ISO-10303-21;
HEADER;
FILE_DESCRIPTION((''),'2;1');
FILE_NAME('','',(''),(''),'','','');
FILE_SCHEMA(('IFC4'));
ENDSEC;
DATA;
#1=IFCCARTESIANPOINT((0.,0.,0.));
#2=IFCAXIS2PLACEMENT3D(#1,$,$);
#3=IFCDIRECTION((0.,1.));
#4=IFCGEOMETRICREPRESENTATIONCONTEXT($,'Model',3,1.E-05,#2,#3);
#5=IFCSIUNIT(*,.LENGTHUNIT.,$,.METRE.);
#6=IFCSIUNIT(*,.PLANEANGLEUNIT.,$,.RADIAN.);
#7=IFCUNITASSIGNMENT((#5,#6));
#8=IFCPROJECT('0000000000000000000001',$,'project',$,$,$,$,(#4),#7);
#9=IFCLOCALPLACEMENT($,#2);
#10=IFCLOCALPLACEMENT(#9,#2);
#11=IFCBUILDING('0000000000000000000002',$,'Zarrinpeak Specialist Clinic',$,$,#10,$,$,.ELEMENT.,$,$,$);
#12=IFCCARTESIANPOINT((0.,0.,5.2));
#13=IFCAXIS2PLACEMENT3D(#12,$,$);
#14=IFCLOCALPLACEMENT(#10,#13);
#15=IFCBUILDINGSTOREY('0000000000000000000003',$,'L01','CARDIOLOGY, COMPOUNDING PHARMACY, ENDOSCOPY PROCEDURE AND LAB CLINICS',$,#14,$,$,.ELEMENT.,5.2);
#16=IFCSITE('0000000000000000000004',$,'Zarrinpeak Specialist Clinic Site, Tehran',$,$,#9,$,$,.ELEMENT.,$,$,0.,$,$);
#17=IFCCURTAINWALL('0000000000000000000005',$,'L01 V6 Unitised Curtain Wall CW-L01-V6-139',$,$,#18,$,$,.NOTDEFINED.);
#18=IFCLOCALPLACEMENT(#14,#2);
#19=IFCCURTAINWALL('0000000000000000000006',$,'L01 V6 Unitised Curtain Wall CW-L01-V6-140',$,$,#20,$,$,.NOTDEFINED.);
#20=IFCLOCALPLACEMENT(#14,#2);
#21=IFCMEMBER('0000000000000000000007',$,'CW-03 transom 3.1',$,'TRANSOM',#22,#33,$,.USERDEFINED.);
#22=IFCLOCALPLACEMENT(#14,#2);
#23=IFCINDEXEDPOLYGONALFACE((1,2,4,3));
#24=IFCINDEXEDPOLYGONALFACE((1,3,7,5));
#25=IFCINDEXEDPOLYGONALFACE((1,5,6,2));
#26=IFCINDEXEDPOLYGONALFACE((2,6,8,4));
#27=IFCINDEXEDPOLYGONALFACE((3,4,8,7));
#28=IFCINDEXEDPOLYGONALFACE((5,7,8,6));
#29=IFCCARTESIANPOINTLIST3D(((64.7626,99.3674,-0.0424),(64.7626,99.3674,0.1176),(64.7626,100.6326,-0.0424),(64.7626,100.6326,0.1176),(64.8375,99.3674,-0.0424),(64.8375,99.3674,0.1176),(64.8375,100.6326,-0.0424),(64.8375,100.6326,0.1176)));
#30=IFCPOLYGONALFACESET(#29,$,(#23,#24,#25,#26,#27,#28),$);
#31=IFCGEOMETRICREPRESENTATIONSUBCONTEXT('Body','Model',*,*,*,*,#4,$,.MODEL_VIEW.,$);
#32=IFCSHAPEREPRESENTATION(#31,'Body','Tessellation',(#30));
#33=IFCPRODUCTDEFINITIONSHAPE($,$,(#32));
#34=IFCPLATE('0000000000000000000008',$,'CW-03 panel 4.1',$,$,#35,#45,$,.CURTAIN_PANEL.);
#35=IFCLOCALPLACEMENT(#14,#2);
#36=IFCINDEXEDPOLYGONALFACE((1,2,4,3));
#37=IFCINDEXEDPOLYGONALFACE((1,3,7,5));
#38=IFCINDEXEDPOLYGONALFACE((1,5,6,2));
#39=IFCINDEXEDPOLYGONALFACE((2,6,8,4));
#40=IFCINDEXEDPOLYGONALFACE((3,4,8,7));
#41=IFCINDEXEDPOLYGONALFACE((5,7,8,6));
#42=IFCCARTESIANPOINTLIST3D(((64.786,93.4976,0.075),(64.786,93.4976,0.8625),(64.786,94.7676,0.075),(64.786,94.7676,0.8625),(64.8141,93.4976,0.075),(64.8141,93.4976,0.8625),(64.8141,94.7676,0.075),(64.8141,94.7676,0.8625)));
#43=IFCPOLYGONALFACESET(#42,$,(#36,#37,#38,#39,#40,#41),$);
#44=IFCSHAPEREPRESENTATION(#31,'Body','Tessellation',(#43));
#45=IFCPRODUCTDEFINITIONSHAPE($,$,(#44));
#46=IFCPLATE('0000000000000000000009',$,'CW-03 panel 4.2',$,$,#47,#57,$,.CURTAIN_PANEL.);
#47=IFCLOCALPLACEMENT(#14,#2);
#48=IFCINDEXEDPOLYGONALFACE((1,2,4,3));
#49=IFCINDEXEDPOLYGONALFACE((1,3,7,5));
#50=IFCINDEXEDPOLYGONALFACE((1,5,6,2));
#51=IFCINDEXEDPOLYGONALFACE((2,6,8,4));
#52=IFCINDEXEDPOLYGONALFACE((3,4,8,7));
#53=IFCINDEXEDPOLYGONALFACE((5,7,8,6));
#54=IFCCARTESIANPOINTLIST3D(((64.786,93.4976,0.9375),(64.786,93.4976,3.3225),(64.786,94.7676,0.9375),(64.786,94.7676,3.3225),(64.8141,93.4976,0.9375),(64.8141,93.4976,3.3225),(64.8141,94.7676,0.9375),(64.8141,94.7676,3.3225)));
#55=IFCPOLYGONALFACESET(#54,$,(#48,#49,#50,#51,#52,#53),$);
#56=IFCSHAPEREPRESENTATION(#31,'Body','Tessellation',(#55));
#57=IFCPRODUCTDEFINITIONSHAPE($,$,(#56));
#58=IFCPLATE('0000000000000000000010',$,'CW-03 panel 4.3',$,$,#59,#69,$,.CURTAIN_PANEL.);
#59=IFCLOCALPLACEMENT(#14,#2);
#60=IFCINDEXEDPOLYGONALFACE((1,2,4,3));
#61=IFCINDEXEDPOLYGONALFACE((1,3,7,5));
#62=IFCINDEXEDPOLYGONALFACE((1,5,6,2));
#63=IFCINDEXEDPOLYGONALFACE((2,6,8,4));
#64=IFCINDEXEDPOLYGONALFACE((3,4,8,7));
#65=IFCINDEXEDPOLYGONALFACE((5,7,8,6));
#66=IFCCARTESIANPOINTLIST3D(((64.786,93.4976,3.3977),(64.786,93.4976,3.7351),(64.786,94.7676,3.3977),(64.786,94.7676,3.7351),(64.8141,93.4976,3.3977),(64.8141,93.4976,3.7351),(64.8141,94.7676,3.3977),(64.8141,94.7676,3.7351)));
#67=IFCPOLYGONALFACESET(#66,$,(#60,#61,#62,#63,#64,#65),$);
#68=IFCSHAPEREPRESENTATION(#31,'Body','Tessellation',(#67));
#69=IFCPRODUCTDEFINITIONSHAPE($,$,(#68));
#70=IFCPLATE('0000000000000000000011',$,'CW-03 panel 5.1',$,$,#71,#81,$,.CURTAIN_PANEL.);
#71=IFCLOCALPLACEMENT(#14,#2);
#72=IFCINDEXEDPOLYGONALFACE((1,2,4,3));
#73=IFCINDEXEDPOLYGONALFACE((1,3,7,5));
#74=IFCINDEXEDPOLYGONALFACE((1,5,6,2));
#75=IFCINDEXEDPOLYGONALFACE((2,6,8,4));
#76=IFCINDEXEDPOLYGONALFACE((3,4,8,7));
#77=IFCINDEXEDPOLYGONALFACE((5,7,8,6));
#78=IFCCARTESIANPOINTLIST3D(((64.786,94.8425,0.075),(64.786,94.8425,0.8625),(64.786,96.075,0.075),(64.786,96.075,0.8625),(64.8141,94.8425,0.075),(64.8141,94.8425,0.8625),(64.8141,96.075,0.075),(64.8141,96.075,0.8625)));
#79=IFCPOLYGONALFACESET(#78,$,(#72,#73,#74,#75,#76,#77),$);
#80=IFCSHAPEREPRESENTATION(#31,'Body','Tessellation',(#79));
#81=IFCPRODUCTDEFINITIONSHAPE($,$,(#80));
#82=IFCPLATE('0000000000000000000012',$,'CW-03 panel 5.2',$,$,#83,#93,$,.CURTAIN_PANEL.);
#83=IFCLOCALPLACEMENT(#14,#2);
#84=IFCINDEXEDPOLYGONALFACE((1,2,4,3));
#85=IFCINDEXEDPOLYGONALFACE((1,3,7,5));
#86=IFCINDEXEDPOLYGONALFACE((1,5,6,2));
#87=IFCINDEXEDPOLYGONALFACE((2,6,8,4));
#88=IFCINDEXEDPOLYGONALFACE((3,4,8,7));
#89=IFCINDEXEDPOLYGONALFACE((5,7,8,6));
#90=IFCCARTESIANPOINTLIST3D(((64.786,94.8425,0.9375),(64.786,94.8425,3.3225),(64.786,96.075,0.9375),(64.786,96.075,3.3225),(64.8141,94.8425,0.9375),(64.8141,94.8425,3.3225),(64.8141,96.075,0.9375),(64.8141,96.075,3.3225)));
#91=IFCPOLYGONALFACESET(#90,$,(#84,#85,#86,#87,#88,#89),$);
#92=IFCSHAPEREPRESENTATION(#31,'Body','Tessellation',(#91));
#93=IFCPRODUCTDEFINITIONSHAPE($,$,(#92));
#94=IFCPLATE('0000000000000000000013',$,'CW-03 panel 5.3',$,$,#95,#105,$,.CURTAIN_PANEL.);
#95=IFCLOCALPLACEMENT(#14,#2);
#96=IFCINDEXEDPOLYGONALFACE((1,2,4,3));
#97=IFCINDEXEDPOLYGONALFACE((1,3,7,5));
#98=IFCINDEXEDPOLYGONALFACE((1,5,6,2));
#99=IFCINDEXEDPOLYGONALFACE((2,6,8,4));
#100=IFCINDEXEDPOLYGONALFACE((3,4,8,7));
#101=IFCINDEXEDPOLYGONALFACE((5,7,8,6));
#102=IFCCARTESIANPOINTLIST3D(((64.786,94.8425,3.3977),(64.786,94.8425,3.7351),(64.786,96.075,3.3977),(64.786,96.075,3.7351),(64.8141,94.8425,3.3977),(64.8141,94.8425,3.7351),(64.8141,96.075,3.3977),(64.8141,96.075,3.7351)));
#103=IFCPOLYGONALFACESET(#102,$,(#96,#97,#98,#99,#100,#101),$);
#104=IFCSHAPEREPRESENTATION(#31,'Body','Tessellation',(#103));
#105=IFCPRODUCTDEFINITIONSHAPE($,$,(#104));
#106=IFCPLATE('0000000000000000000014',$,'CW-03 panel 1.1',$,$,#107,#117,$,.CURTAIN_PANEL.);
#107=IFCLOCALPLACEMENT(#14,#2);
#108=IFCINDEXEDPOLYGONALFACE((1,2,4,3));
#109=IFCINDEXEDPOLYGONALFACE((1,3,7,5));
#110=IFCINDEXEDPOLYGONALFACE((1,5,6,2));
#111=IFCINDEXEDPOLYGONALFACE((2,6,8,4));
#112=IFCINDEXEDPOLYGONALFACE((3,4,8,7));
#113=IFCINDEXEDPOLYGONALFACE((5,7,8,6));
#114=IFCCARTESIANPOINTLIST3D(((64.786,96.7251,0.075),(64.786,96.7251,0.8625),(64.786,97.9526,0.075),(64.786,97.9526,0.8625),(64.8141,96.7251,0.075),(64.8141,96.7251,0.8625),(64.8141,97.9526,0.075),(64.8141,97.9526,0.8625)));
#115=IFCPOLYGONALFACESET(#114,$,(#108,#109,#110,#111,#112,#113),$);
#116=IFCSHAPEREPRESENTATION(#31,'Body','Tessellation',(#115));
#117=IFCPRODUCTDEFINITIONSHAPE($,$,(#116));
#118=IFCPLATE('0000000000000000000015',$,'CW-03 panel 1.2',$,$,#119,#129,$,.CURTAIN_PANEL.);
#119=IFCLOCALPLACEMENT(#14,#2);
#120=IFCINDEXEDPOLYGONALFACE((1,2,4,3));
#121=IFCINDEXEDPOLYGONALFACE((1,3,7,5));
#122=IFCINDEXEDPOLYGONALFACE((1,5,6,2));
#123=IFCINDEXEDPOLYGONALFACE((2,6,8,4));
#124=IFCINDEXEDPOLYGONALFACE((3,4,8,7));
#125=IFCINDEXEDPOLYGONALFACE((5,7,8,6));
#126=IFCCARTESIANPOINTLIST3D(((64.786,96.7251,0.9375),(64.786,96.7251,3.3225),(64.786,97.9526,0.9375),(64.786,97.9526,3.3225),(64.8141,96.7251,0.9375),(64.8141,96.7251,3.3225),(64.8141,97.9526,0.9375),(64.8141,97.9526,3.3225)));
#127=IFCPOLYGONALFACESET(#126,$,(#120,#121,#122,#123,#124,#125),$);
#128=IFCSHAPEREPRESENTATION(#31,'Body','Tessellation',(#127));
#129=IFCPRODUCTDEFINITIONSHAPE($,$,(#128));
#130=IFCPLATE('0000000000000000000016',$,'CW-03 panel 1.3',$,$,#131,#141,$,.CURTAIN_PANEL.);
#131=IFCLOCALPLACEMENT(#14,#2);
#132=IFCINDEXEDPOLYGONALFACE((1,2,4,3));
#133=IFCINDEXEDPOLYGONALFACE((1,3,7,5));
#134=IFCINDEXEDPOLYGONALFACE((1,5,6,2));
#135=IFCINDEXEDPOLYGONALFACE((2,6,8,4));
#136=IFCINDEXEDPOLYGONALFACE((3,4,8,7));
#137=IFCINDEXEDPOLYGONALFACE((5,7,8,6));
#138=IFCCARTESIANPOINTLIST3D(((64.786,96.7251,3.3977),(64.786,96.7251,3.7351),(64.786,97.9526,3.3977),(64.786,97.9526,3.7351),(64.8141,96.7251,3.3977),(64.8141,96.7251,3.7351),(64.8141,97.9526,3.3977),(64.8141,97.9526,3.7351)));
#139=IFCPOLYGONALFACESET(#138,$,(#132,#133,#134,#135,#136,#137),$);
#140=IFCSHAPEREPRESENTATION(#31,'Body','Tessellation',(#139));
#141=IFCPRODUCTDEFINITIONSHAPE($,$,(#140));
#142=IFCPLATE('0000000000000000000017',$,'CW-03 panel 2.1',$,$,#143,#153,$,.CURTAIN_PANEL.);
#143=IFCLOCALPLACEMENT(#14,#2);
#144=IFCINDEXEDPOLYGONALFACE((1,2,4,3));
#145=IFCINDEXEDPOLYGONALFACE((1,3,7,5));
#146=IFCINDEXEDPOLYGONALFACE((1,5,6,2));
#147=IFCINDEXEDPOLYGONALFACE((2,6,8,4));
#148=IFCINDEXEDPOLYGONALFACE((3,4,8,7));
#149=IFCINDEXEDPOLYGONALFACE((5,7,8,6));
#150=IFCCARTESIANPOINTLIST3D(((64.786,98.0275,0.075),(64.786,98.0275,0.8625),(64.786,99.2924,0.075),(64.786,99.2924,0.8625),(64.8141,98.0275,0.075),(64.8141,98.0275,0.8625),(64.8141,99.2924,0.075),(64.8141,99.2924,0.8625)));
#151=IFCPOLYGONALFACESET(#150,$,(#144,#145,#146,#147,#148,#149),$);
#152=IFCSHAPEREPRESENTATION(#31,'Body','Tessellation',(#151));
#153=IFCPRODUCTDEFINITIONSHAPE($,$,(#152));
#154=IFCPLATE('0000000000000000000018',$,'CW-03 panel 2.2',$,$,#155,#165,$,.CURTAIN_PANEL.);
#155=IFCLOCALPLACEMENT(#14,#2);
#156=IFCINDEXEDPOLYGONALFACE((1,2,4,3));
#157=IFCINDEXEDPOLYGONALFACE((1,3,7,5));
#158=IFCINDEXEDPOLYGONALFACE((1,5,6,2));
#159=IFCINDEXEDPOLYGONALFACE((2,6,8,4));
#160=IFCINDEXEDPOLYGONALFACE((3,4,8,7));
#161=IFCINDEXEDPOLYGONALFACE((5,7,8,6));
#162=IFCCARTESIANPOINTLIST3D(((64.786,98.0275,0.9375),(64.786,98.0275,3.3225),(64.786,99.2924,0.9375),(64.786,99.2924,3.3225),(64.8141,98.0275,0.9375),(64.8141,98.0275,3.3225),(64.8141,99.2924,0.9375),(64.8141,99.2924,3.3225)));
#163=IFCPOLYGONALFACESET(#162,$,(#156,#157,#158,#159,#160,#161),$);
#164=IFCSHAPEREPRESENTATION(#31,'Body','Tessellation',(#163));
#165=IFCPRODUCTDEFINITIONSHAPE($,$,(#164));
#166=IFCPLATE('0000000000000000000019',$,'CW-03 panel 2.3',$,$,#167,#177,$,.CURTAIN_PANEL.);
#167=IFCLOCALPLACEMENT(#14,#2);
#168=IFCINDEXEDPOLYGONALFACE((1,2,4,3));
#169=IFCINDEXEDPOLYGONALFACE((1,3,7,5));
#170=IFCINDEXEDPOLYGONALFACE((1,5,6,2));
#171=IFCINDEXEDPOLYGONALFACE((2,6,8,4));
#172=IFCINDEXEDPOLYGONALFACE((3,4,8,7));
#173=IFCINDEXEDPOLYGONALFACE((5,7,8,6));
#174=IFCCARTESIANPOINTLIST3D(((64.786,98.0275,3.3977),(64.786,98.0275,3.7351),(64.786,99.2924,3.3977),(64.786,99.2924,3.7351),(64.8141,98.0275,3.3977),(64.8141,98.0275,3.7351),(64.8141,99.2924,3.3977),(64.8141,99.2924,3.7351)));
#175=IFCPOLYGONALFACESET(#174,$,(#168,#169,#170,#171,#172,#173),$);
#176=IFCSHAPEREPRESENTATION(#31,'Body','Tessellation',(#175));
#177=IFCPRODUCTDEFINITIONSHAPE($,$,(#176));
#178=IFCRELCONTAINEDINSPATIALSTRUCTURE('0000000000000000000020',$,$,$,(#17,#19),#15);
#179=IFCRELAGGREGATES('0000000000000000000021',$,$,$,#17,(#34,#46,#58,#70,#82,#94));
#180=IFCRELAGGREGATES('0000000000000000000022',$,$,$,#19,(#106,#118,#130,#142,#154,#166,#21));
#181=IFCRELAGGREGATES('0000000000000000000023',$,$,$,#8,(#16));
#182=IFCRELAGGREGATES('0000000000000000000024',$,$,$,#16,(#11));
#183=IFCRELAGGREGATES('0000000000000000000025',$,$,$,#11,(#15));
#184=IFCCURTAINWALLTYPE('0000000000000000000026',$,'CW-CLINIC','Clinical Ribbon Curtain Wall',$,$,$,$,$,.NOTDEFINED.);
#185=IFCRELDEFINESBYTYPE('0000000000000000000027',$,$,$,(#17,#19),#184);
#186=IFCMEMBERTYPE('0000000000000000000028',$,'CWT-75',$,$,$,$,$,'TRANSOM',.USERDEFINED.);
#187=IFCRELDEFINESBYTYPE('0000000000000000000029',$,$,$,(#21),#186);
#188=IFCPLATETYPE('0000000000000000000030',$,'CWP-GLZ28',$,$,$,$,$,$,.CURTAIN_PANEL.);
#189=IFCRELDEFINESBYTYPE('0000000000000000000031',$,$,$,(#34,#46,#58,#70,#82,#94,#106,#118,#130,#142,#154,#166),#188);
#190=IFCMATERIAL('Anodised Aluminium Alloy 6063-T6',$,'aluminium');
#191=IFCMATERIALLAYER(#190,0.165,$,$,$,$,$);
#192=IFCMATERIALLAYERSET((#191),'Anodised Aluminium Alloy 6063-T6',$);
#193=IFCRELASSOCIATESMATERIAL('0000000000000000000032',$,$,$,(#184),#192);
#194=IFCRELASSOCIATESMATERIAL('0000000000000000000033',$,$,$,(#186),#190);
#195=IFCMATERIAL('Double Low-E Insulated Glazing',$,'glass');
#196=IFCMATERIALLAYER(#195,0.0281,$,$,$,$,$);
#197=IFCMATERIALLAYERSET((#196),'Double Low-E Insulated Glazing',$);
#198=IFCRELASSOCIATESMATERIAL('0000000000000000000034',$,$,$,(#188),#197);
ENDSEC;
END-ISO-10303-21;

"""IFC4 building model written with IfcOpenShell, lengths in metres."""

from ifc_helpers import new_model, si_unit, direction, frame, origin, origin_2d, place, context, subcontext, project, spatial, rectangle, extrude, material, layer, layer_set, material_profile, profile_set, type_object, element, aggregate, save


model = new_model("IFC4")

# Units and contexts
model_context = context("Model", 3, precision=1e-05, world=origin(), true_north=direction((0.0, 1.0)))
body_context = subcontext(model_context, "Body", "Model", "MODEL_VIEW")
ifc_project = project(units=[si_unit("LENGTHUNIT", "METRE"), si_unit("PLANEANGLEUNIT", "RADIAN")], contexts=[model_context])

# Site, building, storey
site_placement = place(None, origin())
site = spatial("IfcSite", under=ifc_project, at=site_placement, Name="Zarrinpeak Specialist Clinic Site, Tehran", CompositionType="ELEMENT", RefElevation=0.0)
building_placement = place(site_placement, origin())
building = spatial("IfcBuilding", under=site, at=building_placement, Name="Zarrinpeak Specialist Clinic", CompositionType="ELEMENT")
storey_placement = place(building_placement, frame((0.0, 0.0, 5.2)))
storey = spatial("IfcBuildingStorey", under=building, at=storey_placement, Name="L01", Description="CARDIOLOGY, COMPOUNDING PHARMACY, ENDOSCOPY PROCEDURE AND LAB CLINICS", CompositionType="ELEMENT", Elevation=5.2)

# Curtain walls
ifc_material_1 = material(Name="Anodised Aluminium Alloy 6063-T6", Category="aluminium")
ifc_layer_1 = layer(ifc_material_1, 0.165)
ifc_layer_set_1 = layer_set([ifc_layer_1], Name="Anodised Aluminium Alloy 6063-T6")
curtain_wall_type = type_object("IfcCurtainWallType", Name="CW-CLINIC", Description="Clinical Ribbon Curtain Wall", PredefinedType="NOTDEFINED", material=ifc_layer_set_1)
curtain_wall_1_placement = place(storey_placement, origin())
curtain_wall_1 = element("IfcCurtainWall", 1, at=curtain_wall_1_placement, inside=storey, type_object=curtain_wall_type, Name="L01 V6 Unitised Curtain Wall CW-L01-V6-139", PredefinedType="NOTDEFINED")
curtain_wall_2_placement = place(storey_placement, origin())
curtain_wall_2 = element("IfcCurtainWall", 2, at=curtain_wall_2_placement, inside=storey, type_object=curtain_wall_type, Name="L01 V6 Unitised Curtain Wall CW-L01-V6-140", PredefinedType="NOTDEFINED")

# Member
ifc_material_profile_1 = material_profile(ifc_material_1, rectangle(XDim=0.075, YDim=0.1599, at=origin_2d()), Name="ALU 75x160")
ifc_profile_set_1 = profile_set([ifc_material_profile_1], Name="Anodised Aluminium Alloy 6063-T6")
member_type_1 = type_object("IfcMemberType", Name="CWT-75", ElementType="TRANSOM", PredefinedType="USERDEFINED", material=ifc_profile_set_1)
member_1_placement = place(storey_placement, frame((64.8, 99.3674, 0.0376), z_axis=(0.0, 1.0, 0.0), x_axis=(-1.0, 0.0, 0.0)))
member_1 = element("IfcMember", 3, at=member_1_placement, type_object=member_type_1, Name="CW-03 transom 3.1", ObjectType="TRANSOM", PredefinedType="USERDEFINED", context=body_context, shape_type="SweptSolid", body=[
    extrude(rectangle(XDim=0.075, YDim=0.1599, at=origin_2d()), origin(), (0.0, 0.0, 1.0), 1.2651),
])

# Plates
ifc_material_2 = material(Name="Double Low-E Insulated Glazing", Category="glass")
ifc_layer_2 = layer(ifc_material_2, 0.0281)
ifc_layer_set_2 = layer_set([ifc_layer_2], Name="Double Low-E Insulated Glazing")
plate_type = type_object("IfcPlateType", Name="CWP-GLZ28", PredefinedType="CURTAIN_PANEL", material=ifc_layer_set_2)
plate_1_placement = place(storey_placement, frame((64.8, 94.1326, 0.075), z_axis=(0.0, 0.0, 1.0), x_axis=(0.0, 1.0, 0.0)))
plate_1 = element("IfcPlate", 4, at=plate_1_placement, type_object=plate_type, Name="CW-03 panel 4.1", PredefinedType="CURTAIN_PANEL", context=body_context, shape_type="SweptSolid", body=[
    extrude(rectangle(XDim=1.27, YDim=0.0281, at=origin_2d()), origin(), (0.0, 0.0, 1.0), 0.7876),
])
plate_2_placement = place(storey_placement, frame((64.8, 94.1326, 0.9375), z_axis=(0.0, 0.0, 1.0), x_axis=(0.0, 1.0, 0.0)))
plate_2 = element("IfcPlate", 5, at=plate_2_placement, type_object=plate_type, Name="CW-03 panel 4.2", PredefinedType="CURTAIN_PANEL", context=body_context, shape_type="SweptSolid", body=[
    extrude(rectangle(XDim=1.27, YDim=0.0281, at=origin_2d()), origin(), (0.0, 0.0, 1.0), 2.385),
])
plate_3_placement = place(storey_placement, frame((64.8, 94.1326, 3.3977), z_axis=(0.0, 0.0, 1.0), x_axis=(0.0, 1.0, 0.0)))
plate_3 = element("IfcPlate", 6, at=plate_3_placement, type_object=plate_type, Name="CW-03 panel 4.3", PredefinedType="CURTAIN_PANEL", context=body_context, shape_type="SweptSolid", body=[
    extrude(rectangle(XDim=1.27, YDim=0.0281, at=origin_2d()), origin(), (0.0, 0.0, 1.0), 0.3374),
])
plate_4_placement = place(storey_placement, frame((64.8, 95.4587, 0.075), z_axis=(0.0, 0.0, 1.0), x_axis=(0.0, 1.0, 0.0)))
plate_4 = element("IfcPlate", 7, at=plate_4_placement, type_object=plate_type, Name="CW-03 panel 5.1", PredefinedType="CURTAIN_PANEL", context=body_context, shape_type="SweptSolid", body=[
    extrude(rectangle(XDim=1.2324, YDim=0.0281, at=origin_2d()), origin(), (0.0, 0.0, 1.0), 0.7876),
])
plate_5_placement = place(storey_placement, frame((64.8, 95.4587, 0.9375), z_axis=(0.0, 0.0, 1.0), x_axis=(0.0, 1.0, 0.0)))
plate_5 = element("IfcPlate", 8, at=plate_5_placement, type_object=plate_type, Name="CW-03 panel 5.2", PredefinedType="CURTAIN_PANEL", context=body_context, shape_type="SweptSolid", body=[
    extrude(rectangle(XDim=1.2324, YDim=0.0281, at=origin_2d()), origin(), (0.0, 0.0, 1.0), 2.385),
])
plate_6_placement = place(storey_placement, frame((64.8, 95.4587, 3.3977), z_axis=(0.0, 0.0, 1.0), x_axis=(0.0, 1.0, 0.0)))
plate_6 = element("IfcPlate", 9, at=plate_6_placement, type_object=plate_type, Name="CW-03 panel 5.3", PredefinedType="CURTAIN_PANEL", context=body_context, shape_type="SweptSolid", body=[
    extrude(rectangle(XDim=1.2324, YDim=0.0281, at=origin_2d()), origin(), (0.0, 0.0, 1.0), 0.3374),
])
aggregate(curtain_wall_1, [plate_1, plate_2, plate_3, plate_4, plate_5, plate_6])
plate_7_placement = place(storey_placement, frame((64.8, 97.3389, 0.075), z_axis=(0.0, 0.0, 1.0), x_axis=(0.0, 1.0, 0.0)))
plate_7 = element("IfcPlate", 10, at=plate_7_placement, type_object=plate_type, Name="CW-03 panel 1.1", PredefinedType="CURTAIN_PANEL", context=body_context, shape_type="SweptSolid", body=[
    extrude(rectangle(XDim=1.2275, YDim=0.0281, at=origin_2d()), origin(), (0.0, 0.0, 1.0), 0.7876),
])
plate_8_placement = place(storey_placement, frame((64.8, 97.3389, 0.9375), z_axis=(0.0, 0.0, 1.0), x_axis=(0.0, 1.0, 0.0)))
plate_8 = element("IfcPlate", 11, at=plate_8_placement, type_object=plate_type, Name="CW-03 panel 1.2", PredefinedType="CURTAIN_PANEL", context=body_context, shape_type="SweptSolid", body=[
    extrude(rectangle(XDim=1.2275, YDim=0.0281, at=origin_2d()), origin(), (0.0, 0.0, 1.0), 2.385),
])
plate_9_placement = place(storey_placement, frame((64.8, 97.3389, 3.3977), z_axis=(0.0, 0.0, 1.0), x_axis=(0.0, 1.0, 0.0)))
plate_9 = element("IfcPlate", 12, at=plate_9_placement, type_object=plate_type, Name="CW-03 panel 1.3", PredefinedType="CURTAIN_PANEL", context=body_context, shape_type="SweptSolid", body=[
    extrude(rectangle(XDim=1.2275, YDim=0.0281, at=origin_2d()), origin(), (0.0, 0.0, 1.0), 0.3374),
])
plate_10_placement = place(storey_placement, frame((64.8, 98.6599, 0.075), z_axis=(0.0, 0.0, 1.0), x_axis=(0.0, 1.0, 0.0)))
plate_10 = element("IfcPlate", 13, at=plate_10_placement, type_object=plate_type, Name="CW-03 panel 2.1", PredefinedType="CURTAIN_PANEL", context=body_context, shape_type="SweptSolid", body=[
    extrude(rectangle(XDim=1.2649, YDim=0.0281, at=origin_2d()), origin(), (0.0, 0.0, 1.0), 0.7876),
])
plate_11_placement = place(storey_placement, frame((64.8, 98.6599, 0.9375), z_axis=(0.0, 0.0, 1.0), x_axis=(0.0, 1.0, 0.0)))
plate_11 = element("IfcPlate", 14, at=plate_11_placement, type_object=plate_type, Name="CW-03 panel 2.2", PredefinedType="CURTAIN_PANEL", context=body_context, shape_type="SweptSolid", body=[
    extrude(rectangle(XDim=1.2649, YDim=0.0281, at=origin_2d()), origin(), (0.0, 0.0, 1.0), 2.385),
])
plate_12_placement = place(storey_placement, frame((64.8, 98.6599, 3.3977), z_axis=(0.0, 0.0, 1.0), x_axis=(0.0, 1.0, 0.0)))
plate_12 = element("IfcPlate", 15, at=plate_12_placement, type_object=plate_type, Name="CW-03 panel 2.3", PredefinedType="CURTAIN_PANEL", context=body_context, shape_type="SweptSolid", body=[
    extrude(rectangle(XDim=1.2649, YDim=0.0281, at=origin_2d()), origin(), (0.0, 0.0, 1.0), 0.3374),
])
aggregate(curtain_wall_2, [plate_7, plate_8, plate_9, plate_10, plate_11, plate_12, member_1])

save(model, "model.ifc")
